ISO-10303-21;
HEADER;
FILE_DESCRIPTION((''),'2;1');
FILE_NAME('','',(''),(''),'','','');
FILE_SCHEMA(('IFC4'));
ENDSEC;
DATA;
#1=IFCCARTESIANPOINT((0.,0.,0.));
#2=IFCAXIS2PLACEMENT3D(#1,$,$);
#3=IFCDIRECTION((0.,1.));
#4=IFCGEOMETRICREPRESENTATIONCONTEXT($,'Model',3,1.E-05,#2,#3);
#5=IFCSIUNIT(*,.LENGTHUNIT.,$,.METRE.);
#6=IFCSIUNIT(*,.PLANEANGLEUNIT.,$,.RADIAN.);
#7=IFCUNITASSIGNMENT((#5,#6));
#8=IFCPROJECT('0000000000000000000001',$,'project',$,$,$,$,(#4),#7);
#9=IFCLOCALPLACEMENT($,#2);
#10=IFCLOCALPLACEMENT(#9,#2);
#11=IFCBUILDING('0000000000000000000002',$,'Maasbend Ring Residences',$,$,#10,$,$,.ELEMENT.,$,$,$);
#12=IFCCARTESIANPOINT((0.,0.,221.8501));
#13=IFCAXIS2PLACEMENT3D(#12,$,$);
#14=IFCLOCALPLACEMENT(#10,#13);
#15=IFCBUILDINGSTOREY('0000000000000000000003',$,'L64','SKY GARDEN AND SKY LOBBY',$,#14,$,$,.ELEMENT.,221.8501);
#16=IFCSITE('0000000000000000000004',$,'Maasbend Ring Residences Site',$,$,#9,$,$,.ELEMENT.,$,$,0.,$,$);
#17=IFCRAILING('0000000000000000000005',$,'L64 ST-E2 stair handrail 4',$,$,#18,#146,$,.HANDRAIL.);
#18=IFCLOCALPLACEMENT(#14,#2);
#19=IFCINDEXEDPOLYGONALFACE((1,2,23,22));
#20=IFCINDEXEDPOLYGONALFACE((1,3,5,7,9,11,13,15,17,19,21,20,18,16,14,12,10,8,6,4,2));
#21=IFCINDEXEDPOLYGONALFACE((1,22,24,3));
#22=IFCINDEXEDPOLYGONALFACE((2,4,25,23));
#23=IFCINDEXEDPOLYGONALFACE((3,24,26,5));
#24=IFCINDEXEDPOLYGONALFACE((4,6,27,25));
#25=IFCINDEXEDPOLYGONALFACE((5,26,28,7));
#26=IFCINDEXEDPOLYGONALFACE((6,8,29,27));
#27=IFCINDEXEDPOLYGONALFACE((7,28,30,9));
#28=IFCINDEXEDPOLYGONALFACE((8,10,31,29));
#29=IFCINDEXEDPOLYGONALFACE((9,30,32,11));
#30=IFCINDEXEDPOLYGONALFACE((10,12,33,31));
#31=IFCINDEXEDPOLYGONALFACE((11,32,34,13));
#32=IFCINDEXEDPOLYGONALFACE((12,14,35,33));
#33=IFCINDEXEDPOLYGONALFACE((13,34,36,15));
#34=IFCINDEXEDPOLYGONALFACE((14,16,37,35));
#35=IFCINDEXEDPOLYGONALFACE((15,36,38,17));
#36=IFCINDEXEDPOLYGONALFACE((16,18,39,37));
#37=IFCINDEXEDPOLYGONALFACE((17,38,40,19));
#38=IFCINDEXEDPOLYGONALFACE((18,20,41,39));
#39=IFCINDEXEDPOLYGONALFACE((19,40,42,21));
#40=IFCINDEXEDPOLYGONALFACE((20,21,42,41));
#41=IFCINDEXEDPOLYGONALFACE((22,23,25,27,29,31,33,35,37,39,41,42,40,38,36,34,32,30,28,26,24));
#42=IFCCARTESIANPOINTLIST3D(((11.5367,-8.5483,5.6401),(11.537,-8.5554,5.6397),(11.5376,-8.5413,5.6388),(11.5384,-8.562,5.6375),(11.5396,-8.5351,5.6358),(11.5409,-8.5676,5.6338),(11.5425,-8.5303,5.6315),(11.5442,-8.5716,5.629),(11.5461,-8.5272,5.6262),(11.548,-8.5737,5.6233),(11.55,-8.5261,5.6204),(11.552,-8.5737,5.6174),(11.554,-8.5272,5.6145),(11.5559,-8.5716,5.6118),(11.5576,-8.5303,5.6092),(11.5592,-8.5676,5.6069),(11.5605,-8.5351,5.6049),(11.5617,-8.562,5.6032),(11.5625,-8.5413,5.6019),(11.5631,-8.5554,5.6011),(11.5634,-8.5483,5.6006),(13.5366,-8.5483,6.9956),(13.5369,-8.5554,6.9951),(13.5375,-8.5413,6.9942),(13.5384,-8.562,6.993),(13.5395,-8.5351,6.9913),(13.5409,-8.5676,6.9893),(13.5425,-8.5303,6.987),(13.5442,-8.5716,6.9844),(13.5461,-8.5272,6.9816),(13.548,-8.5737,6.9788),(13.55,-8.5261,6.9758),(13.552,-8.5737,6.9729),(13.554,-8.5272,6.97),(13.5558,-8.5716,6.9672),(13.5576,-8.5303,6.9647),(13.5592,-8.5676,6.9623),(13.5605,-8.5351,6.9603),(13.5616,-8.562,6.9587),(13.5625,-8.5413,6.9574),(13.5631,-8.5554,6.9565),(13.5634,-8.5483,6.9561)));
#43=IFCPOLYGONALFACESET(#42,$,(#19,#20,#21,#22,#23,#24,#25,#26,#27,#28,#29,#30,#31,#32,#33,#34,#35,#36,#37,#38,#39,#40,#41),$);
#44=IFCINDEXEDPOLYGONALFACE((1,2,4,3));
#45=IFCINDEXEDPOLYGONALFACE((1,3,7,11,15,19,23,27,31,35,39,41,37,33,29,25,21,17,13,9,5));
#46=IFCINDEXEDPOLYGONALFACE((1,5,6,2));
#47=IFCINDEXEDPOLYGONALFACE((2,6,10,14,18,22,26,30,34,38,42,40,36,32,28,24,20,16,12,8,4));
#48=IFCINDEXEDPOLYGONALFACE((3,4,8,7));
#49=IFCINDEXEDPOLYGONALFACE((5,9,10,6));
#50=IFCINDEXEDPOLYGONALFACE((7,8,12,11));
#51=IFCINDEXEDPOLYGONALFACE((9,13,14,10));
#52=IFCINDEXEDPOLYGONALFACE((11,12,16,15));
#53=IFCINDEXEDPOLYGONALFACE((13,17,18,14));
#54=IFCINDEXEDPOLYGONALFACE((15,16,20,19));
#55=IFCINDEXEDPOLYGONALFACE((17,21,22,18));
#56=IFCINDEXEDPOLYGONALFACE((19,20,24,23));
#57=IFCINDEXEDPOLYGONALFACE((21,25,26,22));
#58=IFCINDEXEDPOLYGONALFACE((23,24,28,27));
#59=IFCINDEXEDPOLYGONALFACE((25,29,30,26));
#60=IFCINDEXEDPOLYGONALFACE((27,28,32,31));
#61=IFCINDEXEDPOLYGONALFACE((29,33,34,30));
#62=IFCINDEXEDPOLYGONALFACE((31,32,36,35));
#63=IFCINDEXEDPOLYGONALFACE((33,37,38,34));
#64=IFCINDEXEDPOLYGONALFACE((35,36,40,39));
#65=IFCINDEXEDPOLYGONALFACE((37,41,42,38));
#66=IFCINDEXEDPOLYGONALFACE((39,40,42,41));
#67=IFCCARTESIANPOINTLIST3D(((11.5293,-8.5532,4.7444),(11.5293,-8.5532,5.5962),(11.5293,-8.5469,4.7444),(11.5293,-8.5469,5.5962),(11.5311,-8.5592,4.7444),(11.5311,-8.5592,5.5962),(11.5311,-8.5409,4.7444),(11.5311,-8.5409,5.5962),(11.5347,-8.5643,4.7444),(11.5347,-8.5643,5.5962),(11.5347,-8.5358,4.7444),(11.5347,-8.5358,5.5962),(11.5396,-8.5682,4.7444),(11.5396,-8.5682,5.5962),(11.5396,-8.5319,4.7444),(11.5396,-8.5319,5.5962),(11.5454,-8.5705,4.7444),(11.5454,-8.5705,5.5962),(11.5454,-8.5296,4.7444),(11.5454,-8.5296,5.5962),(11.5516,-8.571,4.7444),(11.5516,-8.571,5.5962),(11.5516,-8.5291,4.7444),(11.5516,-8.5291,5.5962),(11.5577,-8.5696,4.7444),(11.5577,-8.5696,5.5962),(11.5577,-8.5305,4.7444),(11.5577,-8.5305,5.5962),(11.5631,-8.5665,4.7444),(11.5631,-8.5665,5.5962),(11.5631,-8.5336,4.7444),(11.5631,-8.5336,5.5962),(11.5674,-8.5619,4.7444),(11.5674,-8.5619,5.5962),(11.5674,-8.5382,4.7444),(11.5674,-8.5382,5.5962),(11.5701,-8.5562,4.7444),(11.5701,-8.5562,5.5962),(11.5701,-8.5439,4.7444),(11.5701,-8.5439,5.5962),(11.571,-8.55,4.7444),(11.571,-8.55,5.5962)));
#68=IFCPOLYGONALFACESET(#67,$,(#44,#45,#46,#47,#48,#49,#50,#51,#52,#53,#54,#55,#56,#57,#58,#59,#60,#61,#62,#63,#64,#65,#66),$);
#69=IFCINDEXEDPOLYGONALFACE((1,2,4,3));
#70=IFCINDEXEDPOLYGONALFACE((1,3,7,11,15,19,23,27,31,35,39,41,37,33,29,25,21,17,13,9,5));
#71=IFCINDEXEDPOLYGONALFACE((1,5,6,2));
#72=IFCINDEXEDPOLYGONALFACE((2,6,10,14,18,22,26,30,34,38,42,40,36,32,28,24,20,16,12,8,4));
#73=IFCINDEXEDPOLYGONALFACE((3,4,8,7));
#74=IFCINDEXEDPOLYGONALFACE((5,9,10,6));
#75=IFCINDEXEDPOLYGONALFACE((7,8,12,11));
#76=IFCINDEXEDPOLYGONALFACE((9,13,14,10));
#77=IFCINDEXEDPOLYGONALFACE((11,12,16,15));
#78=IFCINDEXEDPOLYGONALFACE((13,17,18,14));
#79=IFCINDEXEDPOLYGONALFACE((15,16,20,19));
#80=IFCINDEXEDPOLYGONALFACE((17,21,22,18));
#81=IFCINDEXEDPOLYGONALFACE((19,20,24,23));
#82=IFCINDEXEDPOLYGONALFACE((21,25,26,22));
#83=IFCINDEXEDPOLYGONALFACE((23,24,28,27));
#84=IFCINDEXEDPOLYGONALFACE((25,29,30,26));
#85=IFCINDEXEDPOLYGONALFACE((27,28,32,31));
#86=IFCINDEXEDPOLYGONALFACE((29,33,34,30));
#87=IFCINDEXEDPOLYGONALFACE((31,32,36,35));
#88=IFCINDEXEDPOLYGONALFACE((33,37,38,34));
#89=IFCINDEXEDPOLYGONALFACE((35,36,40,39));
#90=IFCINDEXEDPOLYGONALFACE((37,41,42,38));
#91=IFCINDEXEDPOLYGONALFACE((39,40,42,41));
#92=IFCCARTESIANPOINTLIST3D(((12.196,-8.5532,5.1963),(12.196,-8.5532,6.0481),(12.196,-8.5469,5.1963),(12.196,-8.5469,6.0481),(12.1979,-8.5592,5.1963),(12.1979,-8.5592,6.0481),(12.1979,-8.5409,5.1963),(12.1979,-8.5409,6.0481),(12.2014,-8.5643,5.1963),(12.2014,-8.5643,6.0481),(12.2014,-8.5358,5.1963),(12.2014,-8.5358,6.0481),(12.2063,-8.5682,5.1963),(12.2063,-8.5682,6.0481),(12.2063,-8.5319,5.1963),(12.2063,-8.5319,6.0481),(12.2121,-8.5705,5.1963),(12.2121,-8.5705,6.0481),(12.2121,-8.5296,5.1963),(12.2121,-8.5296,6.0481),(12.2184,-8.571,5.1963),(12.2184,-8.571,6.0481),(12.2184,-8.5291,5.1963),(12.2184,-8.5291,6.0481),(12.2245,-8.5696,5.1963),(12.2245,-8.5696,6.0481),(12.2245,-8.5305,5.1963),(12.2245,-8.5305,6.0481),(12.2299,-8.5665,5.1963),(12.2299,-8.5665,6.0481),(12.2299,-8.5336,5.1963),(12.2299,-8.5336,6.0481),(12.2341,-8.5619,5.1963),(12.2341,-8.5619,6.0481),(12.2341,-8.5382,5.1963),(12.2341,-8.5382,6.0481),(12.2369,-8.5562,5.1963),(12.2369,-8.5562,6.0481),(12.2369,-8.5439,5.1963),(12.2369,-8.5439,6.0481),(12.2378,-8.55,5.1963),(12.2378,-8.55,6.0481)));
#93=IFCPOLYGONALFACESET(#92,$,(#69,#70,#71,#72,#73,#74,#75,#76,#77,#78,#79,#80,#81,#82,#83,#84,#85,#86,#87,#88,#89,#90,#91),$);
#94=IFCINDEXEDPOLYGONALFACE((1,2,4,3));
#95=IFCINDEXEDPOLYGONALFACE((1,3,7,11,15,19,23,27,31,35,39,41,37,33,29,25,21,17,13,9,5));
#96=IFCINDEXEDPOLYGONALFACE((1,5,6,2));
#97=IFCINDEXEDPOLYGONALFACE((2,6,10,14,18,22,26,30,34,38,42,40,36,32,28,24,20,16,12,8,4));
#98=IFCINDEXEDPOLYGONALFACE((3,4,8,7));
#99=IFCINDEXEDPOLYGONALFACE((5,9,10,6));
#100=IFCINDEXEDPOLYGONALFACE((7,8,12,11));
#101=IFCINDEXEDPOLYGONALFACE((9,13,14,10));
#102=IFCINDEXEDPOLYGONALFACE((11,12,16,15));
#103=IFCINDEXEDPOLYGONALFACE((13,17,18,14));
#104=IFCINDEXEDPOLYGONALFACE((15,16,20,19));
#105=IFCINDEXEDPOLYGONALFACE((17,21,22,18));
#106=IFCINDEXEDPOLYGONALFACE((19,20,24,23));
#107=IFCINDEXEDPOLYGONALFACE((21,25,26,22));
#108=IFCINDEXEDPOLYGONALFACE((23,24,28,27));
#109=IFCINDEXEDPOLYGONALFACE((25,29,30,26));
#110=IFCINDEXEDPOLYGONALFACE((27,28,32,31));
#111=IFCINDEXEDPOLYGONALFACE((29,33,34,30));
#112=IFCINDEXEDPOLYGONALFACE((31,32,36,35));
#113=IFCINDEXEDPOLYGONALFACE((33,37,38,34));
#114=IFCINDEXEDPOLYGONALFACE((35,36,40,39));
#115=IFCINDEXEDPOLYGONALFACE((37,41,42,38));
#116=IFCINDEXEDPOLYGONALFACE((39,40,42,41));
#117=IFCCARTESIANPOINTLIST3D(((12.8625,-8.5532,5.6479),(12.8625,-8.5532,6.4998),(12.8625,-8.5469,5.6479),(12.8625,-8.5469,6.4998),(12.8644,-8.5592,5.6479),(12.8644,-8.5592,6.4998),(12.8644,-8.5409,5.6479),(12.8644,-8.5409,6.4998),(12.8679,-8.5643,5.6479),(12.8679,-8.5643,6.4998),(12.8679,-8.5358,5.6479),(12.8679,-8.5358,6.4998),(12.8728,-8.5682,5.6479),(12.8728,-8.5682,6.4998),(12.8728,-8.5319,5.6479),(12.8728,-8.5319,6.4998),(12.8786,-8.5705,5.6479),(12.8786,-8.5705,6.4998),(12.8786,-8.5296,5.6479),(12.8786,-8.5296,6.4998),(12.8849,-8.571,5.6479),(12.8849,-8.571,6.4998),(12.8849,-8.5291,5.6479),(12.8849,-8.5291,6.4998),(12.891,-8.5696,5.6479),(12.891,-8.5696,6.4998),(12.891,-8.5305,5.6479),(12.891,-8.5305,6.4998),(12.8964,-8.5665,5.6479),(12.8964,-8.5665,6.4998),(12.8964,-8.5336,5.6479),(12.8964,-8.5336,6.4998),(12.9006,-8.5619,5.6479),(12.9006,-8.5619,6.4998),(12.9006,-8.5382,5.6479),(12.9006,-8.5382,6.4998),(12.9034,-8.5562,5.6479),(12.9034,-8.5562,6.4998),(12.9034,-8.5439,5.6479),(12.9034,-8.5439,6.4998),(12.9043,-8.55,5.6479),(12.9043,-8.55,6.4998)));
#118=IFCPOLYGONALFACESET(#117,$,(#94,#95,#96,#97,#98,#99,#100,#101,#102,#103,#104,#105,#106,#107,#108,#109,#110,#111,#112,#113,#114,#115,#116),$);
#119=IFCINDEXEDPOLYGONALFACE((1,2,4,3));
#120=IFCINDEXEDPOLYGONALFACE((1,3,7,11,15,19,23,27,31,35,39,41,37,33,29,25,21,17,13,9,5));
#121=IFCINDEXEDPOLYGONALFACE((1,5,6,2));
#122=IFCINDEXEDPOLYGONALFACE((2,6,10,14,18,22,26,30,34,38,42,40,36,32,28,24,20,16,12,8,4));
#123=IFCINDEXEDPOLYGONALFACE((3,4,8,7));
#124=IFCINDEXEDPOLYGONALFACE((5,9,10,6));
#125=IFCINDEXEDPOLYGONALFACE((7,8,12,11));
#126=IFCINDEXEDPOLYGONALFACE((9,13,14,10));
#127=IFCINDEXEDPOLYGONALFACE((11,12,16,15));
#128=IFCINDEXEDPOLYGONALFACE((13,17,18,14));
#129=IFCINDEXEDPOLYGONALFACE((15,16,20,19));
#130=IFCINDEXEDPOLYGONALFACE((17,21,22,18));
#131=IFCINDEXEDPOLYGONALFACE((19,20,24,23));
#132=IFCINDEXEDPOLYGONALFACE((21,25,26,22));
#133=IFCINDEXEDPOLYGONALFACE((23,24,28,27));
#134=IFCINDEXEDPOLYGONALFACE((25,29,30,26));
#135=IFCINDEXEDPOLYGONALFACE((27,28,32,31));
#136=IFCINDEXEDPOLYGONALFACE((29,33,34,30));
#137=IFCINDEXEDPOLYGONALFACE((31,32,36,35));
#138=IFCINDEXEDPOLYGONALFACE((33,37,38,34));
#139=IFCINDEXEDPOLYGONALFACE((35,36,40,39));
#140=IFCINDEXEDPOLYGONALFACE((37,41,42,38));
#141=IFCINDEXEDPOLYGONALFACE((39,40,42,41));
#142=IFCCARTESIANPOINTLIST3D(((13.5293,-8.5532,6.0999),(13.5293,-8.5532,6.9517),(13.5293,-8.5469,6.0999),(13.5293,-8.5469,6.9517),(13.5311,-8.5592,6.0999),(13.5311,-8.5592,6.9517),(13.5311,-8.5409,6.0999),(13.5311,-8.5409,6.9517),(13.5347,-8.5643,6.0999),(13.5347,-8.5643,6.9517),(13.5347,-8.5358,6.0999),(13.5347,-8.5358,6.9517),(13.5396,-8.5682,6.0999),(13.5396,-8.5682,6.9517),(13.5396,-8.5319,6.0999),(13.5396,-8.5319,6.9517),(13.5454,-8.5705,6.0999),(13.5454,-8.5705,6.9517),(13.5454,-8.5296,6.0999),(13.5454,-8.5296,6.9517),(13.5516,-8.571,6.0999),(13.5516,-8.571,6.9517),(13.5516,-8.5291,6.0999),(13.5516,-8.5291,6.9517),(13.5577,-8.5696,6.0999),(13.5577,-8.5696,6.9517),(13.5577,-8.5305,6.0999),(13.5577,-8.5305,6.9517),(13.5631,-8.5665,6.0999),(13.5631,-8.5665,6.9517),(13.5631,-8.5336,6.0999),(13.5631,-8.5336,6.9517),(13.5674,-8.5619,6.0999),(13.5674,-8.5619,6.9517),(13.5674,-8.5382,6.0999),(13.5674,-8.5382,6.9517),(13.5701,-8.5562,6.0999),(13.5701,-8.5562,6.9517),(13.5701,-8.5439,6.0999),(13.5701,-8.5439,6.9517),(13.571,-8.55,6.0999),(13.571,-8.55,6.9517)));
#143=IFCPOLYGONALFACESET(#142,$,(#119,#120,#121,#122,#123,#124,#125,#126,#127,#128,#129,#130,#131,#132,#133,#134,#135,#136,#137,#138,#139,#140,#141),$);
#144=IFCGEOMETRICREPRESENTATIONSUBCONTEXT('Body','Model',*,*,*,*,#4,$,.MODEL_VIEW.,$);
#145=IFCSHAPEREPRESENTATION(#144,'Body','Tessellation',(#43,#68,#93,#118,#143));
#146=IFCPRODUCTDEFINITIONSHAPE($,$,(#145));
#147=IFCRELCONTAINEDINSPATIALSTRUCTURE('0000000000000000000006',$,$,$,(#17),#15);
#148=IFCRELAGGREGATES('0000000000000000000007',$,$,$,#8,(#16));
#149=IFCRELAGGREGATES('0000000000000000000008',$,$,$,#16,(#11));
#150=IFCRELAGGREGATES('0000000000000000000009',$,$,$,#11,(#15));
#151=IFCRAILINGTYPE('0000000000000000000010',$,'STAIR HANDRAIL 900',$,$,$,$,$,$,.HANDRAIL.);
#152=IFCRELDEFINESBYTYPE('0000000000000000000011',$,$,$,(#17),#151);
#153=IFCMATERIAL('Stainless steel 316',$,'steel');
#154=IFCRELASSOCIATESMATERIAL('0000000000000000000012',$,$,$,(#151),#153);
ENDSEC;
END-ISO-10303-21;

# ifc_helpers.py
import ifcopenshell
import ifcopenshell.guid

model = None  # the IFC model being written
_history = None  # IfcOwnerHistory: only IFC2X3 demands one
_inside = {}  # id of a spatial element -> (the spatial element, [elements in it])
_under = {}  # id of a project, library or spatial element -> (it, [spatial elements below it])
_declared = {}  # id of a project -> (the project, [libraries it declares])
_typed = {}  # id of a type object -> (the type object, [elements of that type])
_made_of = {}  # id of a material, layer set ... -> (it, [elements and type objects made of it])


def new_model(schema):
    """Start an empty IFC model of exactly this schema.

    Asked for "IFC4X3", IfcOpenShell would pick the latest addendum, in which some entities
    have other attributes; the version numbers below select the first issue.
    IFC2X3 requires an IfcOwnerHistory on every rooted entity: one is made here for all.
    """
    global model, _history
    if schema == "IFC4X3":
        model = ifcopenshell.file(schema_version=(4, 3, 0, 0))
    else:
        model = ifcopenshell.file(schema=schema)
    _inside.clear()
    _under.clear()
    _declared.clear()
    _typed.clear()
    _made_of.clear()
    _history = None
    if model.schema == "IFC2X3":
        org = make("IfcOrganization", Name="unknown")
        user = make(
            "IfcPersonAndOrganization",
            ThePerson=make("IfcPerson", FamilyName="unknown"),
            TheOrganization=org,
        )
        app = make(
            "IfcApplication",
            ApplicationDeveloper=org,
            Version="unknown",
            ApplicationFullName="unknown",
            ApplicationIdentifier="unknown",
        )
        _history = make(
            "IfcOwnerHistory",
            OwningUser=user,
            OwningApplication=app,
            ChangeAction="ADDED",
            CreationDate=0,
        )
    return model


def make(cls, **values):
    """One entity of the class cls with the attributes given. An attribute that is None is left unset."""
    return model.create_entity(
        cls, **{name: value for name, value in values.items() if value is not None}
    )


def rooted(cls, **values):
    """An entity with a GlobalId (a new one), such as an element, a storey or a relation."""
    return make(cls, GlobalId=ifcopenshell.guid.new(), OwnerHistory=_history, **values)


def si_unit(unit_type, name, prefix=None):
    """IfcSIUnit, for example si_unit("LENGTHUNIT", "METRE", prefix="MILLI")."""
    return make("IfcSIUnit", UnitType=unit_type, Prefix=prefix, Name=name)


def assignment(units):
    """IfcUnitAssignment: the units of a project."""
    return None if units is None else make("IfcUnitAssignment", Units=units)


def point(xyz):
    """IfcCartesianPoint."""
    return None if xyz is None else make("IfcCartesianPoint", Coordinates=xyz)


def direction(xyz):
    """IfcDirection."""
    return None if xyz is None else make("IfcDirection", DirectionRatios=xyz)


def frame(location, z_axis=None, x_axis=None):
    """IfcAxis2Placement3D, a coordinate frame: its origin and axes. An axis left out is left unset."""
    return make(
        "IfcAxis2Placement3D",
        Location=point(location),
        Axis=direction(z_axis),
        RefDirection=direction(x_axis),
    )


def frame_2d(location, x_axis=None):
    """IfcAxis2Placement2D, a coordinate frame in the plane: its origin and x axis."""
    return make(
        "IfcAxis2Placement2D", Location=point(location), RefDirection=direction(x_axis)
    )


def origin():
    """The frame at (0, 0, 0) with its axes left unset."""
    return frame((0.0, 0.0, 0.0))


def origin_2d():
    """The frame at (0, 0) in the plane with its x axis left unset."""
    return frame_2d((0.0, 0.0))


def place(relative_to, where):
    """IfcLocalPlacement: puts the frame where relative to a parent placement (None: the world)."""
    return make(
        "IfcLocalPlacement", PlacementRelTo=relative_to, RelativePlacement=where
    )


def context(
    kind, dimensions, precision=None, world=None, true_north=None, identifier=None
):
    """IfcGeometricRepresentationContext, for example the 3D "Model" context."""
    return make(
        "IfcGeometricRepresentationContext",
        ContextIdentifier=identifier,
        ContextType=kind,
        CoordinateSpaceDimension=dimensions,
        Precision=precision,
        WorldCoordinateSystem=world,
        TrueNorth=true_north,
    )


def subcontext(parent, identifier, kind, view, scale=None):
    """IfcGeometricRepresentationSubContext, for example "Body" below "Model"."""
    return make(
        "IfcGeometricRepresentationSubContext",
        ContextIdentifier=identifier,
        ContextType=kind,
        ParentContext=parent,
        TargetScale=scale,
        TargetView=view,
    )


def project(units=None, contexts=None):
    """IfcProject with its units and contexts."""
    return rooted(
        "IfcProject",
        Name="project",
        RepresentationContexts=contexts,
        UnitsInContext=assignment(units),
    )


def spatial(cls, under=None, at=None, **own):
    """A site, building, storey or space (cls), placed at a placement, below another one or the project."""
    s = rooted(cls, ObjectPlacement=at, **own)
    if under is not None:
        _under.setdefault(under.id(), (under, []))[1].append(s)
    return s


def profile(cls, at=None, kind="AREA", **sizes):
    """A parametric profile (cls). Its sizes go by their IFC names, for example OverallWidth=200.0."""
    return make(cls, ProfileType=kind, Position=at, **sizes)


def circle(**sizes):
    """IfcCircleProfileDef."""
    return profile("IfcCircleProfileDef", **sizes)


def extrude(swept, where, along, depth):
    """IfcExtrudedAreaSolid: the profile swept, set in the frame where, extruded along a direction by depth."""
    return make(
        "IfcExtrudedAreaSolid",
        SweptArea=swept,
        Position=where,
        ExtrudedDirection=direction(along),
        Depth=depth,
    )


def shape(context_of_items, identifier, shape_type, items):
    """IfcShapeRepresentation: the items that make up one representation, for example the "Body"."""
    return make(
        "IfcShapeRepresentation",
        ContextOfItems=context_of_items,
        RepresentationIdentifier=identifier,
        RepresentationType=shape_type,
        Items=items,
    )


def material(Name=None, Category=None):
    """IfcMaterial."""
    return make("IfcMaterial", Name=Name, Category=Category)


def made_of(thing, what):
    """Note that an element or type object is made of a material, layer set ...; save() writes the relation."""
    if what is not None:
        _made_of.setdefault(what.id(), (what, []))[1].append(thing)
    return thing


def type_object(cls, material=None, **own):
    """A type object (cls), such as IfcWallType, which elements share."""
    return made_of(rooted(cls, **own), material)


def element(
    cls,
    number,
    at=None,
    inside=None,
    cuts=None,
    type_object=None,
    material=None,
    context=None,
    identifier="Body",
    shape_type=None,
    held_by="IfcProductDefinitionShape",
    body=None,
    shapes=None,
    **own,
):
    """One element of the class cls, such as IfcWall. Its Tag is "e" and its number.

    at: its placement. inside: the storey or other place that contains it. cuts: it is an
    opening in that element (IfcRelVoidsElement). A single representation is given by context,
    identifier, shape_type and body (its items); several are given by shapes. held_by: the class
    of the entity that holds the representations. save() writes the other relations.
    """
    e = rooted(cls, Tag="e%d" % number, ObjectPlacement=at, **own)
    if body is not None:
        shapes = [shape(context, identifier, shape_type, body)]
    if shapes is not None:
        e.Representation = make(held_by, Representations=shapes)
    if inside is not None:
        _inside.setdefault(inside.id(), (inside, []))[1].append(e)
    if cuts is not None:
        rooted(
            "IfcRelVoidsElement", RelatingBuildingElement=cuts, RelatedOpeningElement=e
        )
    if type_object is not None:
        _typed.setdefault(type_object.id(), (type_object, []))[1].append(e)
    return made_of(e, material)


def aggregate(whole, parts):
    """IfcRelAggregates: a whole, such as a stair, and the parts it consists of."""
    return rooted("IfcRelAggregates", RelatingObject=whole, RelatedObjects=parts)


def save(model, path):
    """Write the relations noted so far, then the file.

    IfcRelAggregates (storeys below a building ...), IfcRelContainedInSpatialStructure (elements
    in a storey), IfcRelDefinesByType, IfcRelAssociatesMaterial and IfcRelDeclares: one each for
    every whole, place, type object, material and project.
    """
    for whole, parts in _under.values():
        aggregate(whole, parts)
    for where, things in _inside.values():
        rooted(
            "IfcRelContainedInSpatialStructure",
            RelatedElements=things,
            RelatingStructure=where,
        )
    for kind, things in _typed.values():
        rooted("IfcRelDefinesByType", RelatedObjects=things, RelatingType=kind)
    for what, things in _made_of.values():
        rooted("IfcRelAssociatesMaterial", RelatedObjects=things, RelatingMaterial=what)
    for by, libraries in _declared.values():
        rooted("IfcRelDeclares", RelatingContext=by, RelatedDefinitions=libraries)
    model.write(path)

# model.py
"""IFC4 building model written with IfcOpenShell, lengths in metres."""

from ifc_helpers import new_model, si_unit, direction, frame, origin, origin_2d, place, context, subcontext, project, spatial, circle, extrude, material, type_object, element, save


model = new_model("IFC4")

# Units and contexts
model_context = context("Model", 3, precision=1e-05, world=origin(), true_north=direction((0.0, 1.0)))
body_context = subcontext(model_context, "Body", "Model", "MODEL_VIEW")
ifc_project = project(units=[si_unit("LENGTHUNIT", "METRE"), si_unit("PLANEANGLEUNIT", "RADIAN")], contexts=[model_context])

# Site, building, storey
site_placement = place(None, origin())
site = spatial("IfcSite", under=ifc_project, at=site_placement, Name="Maasbend Ring Residences Site", CompositionType="ELEMENT", RefElevation=0.0)
building_placement = place(site_placement, origin())
building = spatial("IfcBuilding", under=site, at=building_placement, Name="Maasbend Ring Residences", CompositionType="ELEMENT")
storey_placement = place(building_placement, frame((0.0, 0.0, 221.8501)))
storey = spatial("IfcBuildingStorey", under=building, at=storey_placement, Name="L64", Description="SKY GARDEN AND SKY LOBBY", CompositionType="ELEMENT", Elevation=221.8501)

# Railing
ifc_material_1 = material(Name="Stainless steel 316", Category="steel")
railing_type_1 = type_object("IfcRailingType", Name="STAIR HANDRAIL 900", PredefinedType="HANDRAIL", material=ifc_material_1)
railing_1_placement = place(storey_placement, frame((11.55, -8.55, 4.7444)))
element("IfcRailing", 1, at=railing_1_placement, inside=storey, type_object=railing_type_1, Name="L64 ST-E2 stair handrail 4", PredefinedType="HANDRAIL", context=body_context, shape_type="SweptSolid", body=[
    extrude(circle(Radius=0.0239, at=origin_2d()), frame((0.0, 0.0, 0.876), z_axis=(0.827798, 0.0, 0.561027), x_axis=(0.0, 1.0, 0.0)), (0.0, 0.0, 1.0), 2.416),
    extrude(circle(Radius=0.021, at=origin_2d()), origin(), (0.0, 0.0, 1.0), 0.8518),
    extrude(circle(Radius=0.021, at=origin_2d()), frame((0.6667, 0.0, 0.4519)), (0.0, 0.0, 1.0), 0.8518),
    extrude(circle(Radius=0.021, at=origin_2d()), frame((1.3333, 0.0, 0.9036)), (0.0, 0.0, 1.0), 0.8518),
    extrude(circle(Radius=0.021, at=origin_2d()), frame((2.0, 0.0, 1.3555)), (0.0, 0.0, 1.0), 0.8518),
])

save(model, "model.ifc")
